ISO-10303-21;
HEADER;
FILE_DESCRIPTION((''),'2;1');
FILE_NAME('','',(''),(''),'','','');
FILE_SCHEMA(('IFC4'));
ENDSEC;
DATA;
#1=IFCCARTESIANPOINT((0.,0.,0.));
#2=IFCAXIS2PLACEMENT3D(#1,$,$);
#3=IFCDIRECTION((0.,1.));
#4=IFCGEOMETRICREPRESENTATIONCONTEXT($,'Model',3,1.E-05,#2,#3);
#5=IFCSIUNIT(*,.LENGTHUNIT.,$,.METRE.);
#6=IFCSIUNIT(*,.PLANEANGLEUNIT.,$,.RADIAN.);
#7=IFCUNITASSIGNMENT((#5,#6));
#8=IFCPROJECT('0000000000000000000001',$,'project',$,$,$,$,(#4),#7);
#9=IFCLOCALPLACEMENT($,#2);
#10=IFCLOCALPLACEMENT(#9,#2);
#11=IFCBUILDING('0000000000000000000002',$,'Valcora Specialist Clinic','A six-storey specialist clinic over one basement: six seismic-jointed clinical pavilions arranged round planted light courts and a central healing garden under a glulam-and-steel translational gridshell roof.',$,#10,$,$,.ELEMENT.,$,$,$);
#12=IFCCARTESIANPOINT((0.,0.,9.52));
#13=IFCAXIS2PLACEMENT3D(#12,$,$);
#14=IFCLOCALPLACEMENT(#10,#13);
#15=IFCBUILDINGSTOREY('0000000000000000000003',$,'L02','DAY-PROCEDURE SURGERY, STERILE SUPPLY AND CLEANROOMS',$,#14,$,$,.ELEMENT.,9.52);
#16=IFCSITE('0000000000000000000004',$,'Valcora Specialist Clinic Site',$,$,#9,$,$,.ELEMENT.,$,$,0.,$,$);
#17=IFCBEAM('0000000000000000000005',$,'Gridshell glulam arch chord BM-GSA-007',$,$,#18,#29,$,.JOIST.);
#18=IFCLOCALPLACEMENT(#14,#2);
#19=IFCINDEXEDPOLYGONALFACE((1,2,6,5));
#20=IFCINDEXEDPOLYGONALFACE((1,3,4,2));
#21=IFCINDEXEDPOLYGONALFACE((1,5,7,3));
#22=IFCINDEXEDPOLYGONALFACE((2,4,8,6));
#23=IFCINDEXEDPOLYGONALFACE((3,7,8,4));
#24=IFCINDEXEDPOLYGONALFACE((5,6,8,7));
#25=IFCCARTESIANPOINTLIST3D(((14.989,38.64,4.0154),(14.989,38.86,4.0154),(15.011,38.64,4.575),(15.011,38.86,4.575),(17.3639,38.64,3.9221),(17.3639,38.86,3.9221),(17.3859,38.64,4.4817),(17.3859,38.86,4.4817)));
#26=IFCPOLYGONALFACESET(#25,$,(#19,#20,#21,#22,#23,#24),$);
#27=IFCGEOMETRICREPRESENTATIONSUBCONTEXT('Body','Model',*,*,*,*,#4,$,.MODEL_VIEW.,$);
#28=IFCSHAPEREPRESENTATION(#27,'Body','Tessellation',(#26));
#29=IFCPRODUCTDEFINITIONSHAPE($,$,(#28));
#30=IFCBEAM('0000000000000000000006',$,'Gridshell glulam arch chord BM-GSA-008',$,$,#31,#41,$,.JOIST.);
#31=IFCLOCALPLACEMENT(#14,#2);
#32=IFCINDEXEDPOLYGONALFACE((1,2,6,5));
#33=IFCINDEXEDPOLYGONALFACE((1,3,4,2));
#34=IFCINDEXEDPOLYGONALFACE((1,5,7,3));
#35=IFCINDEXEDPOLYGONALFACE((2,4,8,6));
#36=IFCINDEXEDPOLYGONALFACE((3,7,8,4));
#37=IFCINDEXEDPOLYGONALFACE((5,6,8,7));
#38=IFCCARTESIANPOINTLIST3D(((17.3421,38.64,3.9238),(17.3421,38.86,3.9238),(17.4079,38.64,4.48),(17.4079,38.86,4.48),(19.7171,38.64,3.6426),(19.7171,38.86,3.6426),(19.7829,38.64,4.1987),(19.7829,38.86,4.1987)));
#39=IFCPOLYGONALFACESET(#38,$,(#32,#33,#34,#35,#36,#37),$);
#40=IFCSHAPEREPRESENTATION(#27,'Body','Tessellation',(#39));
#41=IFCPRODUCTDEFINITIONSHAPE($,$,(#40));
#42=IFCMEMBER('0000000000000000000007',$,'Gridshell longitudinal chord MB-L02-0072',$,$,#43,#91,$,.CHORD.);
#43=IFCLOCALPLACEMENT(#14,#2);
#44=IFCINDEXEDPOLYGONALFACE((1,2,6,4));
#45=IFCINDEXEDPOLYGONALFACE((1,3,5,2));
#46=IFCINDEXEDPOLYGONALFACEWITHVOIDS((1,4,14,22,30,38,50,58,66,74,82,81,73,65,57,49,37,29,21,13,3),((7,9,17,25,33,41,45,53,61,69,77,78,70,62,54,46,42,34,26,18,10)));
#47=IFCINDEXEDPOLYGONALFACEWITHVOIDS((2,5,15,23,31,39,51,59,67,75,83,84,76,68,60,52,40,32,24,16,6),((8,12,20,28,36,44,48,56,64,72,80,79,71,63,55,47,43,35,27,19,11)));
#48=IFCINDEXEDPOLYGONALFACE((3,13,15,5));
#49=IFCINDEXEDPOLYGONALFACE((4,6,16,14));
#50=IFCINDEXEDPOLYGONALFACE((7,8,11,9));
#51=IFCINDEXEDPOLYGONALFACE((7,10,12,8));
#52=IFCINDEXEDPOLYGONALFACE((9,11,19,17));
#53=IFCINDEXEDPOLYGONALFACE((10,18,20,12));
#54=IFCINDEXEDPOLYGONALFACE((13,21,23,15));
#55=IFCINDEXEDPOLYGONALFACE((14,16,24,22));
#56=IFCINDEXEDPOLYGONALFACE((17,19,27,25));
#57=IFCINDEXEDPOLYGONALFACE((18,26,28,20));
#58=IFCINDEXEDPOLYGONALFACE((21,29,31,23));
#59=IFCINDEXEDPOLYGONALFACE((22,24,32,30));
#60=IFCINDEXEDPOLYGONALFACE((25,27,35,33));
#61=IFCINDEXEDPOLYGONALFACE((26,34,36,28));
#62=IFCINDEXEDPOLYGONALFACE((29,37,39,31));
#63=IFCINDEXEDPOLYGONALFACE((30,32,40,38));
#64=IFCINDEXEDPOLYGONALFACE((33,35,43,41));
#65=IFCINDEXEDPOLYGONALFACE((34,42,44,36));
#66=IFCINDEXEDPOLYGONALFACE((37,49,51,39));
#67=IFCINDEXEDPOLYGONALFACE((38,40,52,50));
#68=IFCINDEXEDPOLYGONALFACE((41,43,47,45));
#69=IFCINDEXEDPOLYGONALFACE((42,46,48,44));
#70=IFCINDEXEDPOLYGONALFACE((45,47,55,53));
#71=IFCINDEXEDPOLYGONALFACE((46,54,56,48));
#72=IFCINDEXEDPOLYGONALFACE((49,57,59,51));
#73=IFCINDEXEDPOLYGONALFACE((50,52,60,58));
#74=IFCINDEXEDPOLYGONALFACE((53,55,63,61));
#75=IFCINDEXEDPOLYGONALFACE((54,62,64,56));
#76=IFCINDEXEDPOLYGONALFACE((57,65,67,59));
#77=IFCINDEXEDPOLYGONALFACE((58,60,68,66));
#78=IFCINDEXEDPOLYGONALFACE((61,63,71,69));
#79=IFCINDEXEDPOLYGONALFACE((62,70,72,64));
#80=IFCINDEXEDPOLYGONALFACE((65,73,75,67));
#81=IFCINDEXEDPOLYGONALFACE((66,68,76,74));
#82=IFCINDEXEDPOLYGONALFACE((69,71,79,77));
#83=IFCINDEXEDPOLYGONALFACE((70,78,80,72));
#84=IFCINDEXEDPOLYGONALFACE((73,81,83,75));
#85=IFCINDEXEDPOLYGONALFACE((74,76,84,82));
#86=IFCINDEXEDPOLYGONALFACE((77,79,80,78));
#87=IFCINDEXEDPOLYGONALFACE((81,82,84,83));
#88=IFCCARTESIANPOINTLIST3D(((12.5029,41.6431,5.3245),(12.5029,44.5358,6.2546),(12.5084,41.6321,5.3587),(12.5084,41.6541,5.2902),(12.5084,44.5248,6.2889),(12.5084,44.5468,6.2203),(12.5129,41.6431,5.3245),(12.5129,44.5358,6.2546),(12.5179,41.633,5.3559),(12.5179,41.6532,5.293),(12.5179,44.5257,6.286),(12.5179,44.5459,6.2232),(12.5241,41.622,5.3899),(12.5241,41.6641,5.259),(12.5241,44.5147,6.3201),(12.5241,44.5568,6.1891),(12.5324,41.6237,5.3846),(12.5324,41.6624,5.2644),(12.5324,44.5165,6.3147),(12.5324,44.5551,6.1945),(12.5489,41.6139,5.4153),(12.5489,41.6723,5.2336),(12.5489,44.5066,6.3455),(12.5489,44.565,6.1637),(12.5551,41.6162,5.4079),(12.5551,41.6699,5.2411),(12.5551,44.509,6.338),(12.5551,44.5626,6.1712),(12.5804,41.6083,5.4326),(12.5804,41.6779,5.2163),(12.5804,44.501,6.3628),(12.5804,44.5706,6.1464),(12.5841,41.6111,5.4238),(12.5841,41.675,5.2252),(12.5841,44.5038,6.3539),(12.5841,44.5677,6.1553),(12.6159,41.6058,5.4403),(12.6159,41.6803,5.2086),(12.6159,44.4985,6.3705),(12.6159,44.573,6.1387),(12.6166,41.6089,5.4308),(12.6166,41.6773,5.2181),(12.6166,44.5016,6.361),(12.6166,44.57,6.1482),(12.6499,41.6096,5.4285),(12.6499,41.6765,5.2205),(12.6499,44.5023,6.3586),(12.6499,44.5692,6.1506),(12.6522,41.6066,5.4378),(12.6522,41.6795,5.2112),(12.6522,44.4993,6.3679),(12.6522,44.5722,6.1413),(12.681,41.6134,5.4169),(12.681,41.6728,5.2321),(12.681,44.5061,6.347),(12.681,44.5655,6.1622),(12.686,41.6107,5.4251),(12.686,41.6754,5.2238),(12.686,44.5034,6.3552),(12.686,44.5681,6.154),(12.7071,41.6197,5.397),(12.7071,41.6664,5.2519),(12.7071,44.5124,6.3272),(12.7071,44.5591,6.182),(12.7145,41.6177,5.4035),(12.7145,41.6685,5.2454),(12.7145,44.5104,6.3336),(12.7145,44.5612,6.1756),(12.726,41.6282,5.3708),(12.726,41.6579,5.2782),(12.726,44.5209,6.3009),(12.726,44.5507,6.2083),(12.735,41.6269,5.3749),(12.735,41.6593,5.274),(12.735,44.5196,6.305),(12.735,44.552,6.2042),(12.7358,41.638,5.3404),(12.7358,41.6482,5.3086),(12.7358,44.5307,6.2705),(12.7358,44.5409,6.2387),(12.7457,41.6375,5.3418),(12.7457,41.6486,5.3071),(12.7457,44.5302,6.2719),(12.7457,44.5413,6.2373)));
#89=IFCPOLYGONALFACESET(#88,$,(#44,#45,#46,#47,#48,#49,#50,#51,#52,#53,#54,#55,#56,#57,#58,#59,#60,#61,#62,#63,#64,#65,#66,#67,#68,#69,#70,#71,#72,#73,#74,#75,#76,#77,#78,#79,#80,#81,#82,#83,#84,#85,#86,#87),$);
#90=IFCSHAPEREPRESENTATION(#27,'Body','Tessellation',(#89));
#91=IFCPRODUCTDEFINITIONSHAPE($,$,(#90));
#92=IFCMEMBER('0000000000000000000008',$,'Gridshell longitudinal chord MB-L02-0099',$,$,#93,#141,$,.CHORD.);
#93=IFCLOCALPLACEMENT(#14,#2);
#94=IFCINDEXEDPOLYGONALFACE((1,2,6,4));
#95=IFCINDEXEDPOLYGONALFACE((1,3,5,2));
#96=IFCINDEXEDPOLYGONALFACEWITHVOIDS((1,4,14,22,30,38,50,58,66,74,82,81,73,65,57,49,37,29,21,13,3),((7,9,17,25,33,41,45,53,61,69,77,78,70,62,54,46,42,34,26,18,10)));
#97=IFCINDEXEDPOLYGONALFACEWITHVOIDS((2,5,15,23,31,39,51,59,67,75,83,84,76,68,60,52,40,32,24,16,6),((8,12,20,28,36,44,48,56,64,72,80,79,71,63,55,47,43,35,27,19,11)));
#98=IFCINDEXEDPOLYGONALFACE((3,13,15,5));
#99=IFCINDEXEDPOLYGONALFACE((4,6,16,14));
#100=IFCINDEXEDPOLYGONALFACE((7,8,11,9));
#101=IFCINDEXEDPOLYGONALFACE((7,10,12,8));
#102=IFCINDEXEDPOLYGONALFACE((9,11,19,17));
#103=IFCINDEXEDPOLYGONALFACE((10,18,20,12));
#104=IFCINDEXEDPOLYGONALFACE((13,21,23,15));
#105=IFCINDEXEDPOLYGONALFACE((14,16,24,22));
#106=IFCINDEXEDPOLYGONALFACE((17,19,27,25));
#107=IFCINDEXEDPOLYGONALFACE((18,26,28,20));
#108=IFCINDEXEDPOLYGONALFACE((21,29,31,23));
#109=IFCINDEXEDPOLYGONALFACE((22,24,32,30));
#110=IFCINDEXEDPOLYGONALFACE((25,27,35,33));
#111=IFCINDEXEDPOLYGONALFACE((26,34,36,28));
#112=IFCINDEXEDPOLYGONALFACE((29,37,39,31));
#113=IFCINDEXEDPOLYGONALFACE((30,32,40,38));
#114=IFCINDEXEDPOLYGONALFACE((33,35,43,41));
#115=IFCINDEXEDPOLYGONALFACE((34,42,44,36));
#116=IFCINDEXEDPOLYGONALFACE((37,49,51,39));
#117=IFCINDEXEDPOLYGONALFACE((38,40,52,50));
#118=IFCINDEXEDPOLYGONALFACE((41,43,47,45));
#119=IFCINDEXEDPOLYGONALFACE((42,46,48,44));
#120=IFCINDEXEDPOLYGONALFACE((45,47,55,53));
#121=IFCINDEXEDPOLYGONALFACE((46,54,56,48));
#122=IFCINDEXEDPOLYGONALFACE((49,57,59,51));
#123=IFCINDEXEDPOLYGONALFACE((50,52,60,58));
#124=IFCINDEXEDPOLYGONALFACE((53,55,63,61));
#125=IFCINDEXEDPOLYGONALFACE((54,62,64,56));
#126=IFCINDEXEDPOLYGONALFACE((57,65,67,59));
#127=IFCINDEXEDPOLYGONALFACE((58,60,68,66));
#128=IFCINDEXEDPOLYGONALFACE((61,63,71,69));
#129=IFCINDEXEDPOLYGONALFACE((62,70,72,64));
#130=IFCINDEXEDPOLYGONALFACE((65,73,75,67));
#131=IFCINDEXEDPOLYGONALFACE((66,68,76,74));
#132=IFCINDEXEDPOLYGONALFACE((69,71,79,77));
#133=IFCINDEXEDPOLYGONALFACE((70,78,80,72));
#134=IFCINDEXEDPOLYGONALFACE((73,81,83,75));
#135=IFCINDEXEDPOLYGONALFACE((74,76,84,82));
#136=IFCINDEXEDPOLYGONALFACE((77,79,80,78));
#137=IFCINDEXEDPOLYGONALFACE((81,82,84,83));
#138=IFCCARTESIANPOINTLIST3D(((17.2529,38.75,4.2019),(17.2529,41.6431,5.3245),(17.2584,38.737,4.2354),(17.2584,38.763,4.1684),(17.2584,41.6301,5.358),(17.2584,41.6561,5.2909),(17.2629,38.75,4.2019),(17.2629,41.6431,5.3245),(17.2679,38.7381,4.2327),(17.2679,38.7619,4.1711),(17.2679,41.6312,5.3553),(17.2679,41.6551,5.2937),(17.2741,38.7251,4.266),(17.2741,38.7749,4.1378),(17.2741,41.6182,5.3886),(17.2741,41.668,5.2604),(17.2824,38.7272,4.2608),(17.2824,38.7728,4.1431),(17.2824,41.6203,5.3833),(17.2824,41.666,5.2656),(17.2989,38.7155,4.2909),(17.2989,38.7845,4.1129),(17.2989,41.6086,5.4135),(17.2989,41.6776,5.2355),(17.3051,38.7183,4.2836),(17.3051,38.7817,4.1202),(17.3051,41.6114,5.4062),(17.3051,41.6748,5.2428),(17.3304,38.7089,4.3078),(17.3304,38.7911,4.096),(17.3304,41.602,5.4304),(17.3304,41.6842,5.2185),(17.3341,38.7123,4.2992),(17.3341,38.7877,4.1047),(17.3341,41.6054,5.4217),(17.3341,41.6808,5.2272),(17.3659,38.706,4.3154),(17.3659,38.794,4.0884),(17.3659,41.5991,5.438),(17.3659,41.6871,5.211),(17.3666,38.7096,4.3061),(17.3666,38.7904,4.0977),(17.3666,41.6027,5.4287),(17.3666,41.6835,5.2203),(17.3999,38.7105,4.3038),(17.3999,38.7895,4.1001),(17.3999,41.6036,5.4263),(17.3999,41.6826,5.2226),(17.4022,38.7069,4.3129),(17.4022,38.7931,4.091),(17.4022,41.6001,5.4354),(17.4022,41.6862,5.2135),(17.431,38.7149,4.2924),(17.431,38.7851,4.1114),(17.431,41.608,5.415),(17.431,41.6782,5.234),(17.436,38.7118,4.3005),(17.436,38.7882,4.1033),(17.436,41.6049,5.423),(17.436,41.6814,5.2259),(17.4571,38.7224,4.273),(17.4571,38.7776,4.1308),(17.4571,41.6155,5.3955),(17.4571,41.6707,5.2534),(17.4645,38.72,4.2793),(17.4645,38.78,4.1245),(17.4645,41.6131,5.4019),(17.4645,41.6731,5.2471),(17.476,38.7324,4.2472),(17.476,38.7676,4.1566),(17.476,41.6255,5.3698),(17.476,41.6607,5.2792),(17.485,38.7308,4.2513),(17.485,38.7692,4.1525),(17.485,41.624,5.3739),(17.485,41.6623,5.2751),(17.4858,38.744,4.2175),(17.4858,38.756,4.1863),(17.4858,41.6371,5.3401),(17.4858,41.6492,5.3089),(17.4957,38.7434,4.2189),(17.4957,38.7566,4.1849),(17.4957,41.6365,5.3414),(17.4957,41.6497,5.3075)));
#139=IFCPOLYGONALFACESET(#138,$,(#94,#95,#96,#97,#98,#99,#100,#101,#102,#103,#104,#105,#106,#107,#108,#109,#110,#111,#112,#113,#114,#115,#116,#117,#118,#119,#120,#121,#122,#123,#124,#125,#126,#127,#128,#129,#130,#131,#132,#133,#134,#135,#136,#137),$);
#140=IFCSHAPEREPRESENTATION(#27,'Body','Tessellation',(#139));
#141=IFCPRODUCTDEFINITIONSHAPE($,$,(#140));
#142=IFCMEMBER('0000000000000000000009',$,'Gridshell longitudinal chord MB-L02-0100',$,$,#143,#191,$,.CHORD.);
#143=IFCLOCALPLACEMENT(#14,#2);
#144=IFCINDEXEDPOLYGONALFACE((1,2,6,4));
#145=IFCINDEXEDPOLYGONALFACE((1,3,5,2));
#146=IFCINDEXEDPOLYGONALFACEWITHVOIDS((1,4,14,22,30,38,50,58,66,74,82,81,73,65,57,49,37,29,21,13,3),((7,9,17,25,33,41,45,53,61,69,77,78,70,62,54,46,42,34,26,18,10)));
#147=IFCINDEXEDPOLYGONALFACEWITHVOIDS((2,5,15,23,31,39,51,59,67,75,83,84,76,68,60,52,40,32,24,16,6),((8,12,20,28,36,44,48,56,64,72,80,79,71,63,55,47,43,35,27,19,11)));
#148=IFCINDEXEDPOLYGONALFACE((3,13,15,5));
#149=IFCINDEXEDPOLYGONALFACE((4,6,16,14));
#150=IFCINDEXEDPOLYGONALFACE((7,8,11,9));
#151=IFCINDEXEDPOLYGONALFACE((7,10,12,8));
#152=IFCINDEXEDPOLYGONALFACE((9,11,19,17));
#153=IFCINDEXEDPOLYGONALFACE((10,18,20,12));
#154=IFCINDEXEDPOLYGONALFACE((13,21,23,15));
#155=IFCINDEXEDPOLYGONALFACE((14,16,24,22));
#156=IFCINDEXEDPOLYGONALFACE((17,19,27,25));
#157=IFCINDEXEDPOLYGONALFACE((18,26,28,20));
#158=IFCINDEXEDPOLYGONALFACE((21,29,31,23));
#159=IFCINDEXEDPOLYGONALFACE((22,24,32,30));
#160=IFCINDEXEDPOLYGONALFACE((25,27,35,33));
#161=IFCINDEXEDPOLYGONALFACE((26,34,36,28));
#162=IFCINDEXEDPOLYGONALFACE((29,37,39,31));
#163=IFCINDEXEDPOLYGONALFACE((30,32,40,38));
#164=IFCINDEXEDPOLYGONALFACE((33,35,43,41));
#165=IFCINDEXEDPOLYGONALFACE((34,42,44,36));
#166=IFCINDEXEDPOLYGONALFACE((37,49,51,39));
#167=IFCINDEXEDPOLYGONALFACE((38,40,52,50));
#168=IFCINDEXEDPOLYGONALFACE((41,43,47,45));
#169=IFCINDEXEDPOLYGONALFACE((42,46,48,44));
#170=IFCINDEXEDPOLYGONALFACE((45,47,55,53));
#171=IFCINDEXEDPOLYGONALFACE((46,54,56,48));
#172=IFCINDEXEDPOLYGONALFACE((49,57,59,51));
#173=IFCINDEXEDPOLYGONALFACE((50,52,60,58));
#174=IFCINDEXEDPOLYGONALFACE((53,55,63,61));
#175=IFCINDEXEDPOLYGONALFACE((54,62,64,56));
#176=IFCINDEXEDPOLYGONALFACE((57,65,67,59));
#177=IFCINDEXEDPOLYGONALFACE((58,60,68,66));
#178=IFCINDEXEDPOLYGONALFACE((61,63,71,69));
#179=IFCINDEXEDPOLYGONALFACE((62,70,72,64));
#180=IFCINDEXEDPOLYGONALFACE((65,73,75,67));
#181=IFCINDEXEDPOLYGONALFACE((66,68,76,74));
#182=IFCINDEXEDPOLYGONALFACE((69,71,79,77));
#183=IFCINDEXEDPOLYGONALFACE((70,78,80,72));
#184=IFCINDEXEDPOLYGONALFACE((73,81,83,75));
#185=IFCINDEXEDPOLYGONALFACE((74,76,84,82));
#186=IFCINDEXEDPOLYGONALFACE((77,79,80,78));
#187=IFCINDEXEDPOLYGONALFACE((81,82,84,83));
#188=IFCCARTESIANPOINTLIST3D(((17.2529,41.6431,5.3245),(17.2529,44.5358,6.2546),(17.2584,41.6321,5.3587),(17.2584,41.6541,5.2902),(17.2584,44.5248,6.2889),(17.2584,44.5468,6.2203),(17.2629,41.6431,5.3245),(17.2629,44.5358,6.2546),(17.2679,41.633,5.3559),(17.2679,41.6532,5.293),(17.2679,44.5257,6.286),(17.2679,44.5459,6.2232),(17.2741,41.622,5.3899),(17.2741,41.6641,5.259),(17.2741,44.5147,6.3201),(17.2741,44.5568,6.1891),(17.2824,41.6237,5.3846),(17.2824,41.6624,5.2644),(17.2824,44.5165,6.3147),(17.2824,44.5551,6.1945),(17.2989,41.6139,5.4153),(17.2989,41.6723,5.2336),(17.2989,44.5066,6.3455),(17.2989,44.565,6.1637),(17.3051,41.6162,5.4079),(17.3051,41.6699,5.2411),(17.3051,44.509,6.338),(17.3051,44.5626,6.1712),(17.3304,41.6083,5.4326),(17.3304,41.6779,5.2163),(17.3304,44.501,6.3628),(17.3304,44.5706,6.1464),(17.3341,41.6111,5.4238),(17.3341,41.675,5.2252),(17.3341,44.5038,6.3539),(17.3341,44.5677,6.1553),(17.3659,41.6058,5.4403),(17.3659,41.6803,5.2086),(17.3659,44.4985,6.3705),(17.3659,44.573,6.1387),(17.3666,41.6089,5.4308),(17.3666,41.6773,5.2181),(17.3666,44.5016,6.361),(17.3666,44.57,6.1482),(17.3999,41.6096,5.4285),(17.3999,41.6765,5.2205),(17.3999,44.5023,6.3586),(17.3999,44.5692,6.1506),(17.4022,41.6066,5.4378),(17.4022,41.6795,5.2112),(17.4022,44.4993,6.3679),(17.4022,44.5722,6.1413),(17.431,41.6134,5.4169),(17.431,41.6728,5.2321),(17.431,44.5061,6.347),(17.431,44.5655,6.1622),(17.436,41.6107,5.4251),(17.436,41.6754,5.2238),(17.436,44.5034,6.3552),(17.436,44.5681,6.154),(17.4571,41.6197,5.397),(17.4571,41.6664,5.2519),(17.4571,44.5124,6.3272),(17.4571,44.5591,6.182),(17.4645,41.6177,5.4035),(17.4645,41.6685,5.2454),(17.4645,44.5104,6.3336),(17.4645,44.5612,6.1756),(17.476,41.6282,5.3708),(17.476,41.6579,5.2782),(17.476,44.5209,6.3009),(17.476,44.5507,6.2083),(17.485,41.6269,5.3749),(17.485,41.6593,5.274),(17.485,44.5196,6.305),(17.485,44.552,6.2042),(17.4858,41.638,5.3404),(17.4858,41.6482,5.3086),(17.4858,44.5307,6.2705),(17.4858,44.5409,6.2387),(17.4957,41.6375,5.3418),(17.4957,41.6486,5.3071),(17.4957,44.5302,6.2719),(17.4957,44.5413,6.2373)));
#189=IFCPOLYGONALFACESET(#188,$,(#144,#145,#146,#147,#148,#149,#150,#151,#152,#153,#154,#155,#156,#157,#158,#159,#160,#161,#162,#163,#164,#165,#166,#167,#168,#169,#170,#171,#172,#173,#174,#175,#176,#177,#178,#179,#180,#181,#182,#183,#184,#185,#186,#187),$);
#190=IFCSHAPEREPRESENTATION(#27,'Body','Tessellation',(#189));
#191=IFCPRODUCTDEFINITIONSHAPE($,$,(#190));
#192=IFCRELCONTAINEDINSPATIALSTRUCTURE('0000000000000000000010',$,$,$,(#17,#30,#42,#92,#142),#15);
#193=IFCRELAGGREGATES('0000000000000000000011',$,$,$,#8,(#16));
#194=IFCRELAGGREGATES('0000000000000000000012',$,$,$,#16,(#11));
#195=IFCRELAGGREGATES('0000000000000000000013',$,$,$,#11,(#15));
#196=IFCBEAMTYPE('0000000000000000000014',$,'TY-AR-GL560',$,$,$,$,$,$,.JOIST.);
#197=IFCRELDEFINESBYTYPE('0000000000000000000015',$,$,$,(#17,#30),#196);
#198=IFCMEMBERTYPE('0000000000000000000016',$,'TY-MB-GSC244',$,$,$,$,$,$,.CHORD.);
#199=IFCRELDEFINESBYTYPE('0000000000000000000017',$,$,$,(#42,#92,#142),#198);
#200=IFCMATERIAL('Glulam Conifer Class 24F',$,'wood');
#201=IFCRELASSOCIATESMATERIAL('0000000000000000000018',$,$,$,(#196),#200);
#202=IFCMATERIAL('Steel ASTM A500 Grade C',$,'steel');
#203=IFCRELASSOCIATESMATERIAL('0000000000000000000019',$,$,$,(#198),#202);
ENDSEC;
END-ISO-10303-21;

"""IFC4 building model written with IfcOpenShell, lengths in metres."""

from ifc_helpers import new_model, si_unit, direction, frame, origin, origin_2d, place, context, subcontext, project, spatial, rectangle, hollow_circle, extrude, material, material_profile, profile_set, type_object, element, save


model = new_model("IFC4")

# Units and contexts
model_context = context("Model", 3, precision=1e-05, world=origin(), true_north=direction((0.0, 1.0)))
body_context = subcontext(model_context, "Body", "Model", "MODEL_VIEW")
ifc_project = project(units=[si_unit("LENGTHUNIT", "METRE"), si_unit("PLANEANGLEUNIT", "RADIAN")], contexts=[model_context])

# Site, building, storey
site_placement = place(None, origin())
site = spatial("IfcSite", under=ifc_project, at=site_placement, Name="Valcora Specialist Clinic Site", CompositionType="ELEMENT", RefElevation=0.0)
building_placement = place(site_placement, origin())
building = spatial("IfcBuilding", under=site, at=building_placement, Name="Valcora Specialist Clinic", Description="A six-storey specialist clinic over one basement: six seismic-jointed clinical pavilions arranged round planted light courts and a central healing garden under a glulam-and-steel translational gridshell roof.", CompositionType="ELEMENT")
storey_placement = place(building_placement, frame((0.0, 0.0, 9.52)))
storey = spatial("IfcBuildingStorey", under=building, at=storey_placement, Name="L02", Description="DAY-PROCEDURE SURGERY, STERILE SUPPLY AND CLEANROOMS", CompositionType="ELEMENT", Elevation=9.52)

# Beams
ifc_material_1 = material(Name="Glulam Conifer Class 24F", Category="wood")
ifc_material_profile_1 = material_profile(ifc_material_1, rectangle(XDim=0.22, YDim=0.5601, at=origin_2d()), Name="GL-ARC-220X560")
ifc_profile_set_1 = profile_set([ifc_material_profile_1], Name="Glulam Conifer Class 24F")
beam_type = type_object("IfcBeamType", Name="TY-AR-GL560", PredefinedType="JOIST", material=ifc_profile_set_1)
beam_1_placement = place(storey_placement, frame((15.0, 38.75, 4.2952), z_axis=(0.99923, 0.0, -0.039238), x_axis=(0.0, 1.0, 0.0)))
element("IfcBeam", 1, at=beam_1_placement, inside=storey, type_object=beam_type, Name="Gridshell glulam arch chord BM-GSA-007", PredefinedType="JOIST", context=body_context, shape_type="SweptSolid", body=[
    extrude(rectangle(XDim=0.22, YDim=0.5601, at=origin_2d()), origin(), (0.0, 0.0, 1.0), 2.3767),
])
beam_2_placement = place(storey_placement, frame((17.375, 38.75, 4.2019), z_axis=(0.993061, 0.0, -0.117599), x_axis=(0.0, 1.0, 0.0)))
element("IfcBeam", 2, at=beam_2_placement, inside=storey, type_object=beam_type, Name="Gridshell glulam arch chord BM-GSA-008", PredefinedType="JOIST", context=body_context, shape_type="SweptSolid", body=[
    extrude(rectangle(XDim=0.22, YDim=0.5601, at=origin_2d()), origin(), (0.0, 0.0, 1.0), 2.3916),
])

# Members
ifc_material_2 = material(Name="Steel ASTM A500 Grade C", Category="steel")
ifc_material_profile_2 = material_profile(ifc_material_2, hollow_circle(Radius=0.1221, WallThickness=0.01, at=origin_2d()), Name="ST-CHS-244X10")
ifc_profile_set_2 = profile_set([ifc_material_profile_2], Name="Steel ASTM A500 Grade C")
member_type_1 = type_object("IfcMemberType", Name="TY-MB-GSC244", PredefinedType="CHORD", material=ifc_profile_set_2)
member_1_placement = place(storey_placement, frame((12.625, 41.6431, 5.3245), z_axis=(0.0, 0.951996, 0.306111), x_axis=(-1.0, 0.0, 0.0)))
element("IfcMember", 3, at=member_1_placement, inside=storey, type_object=member_type_1, Name="Gridshell longitudinal chord MB-L02-0072", PredefinedType="CHORD", context=body_context, shape_type="SweptSolid", body=[
    extrude(hollow_circle(Radius=0.1221, WallThickness=0.01, at=origin_2d()), origin(), (0.0, 0.0, 1.0), 3.0386),
])
member_2_placement = place(storey_placement, frame((17.375, 38.75, 4.2019), z_axis=(0.0, 0.932279, 0.36174), x_axis=(-1.0, 0.0, 0.0)))
element("IfcMember", 4, at=member_2_placement, inside=storey, type_object=member_type_1, Name="Gridshell longitudinal chord MB-L02-0099", PredefinedType="CHORD", context=body_context, shape_type="SweptSolid", body=[
    extrude(hollow_circle(Radius=0.1221, WallThickness=0.01, at=origin_2d()), origin(), (0.0, 0.0, 1.0), 3.1033),
])
member_3_placement = place(storey_placement, frame((17.375, 41.6431, 5.3245), z_axis=(0.0, 0.951996, 0.306111), x_axis=(-1.0, 0.0, 0.0)))
element("IfcMember", 5, at=member_3_placement, inside=storey, type_object=member_type_1, Name="Gridshell longitudinal chord MB-L02-0100", PredefinedType="CHORD", context=body_context, shape_type="SweptSolid", body=[
    extrude(hollow_circle(Radius=0.1221, WallThickness=0.01, at=origin_2d()), origin(), (0.0, 0.0, 1.0), 3.0386),
])

save(model, "model.ifc")
